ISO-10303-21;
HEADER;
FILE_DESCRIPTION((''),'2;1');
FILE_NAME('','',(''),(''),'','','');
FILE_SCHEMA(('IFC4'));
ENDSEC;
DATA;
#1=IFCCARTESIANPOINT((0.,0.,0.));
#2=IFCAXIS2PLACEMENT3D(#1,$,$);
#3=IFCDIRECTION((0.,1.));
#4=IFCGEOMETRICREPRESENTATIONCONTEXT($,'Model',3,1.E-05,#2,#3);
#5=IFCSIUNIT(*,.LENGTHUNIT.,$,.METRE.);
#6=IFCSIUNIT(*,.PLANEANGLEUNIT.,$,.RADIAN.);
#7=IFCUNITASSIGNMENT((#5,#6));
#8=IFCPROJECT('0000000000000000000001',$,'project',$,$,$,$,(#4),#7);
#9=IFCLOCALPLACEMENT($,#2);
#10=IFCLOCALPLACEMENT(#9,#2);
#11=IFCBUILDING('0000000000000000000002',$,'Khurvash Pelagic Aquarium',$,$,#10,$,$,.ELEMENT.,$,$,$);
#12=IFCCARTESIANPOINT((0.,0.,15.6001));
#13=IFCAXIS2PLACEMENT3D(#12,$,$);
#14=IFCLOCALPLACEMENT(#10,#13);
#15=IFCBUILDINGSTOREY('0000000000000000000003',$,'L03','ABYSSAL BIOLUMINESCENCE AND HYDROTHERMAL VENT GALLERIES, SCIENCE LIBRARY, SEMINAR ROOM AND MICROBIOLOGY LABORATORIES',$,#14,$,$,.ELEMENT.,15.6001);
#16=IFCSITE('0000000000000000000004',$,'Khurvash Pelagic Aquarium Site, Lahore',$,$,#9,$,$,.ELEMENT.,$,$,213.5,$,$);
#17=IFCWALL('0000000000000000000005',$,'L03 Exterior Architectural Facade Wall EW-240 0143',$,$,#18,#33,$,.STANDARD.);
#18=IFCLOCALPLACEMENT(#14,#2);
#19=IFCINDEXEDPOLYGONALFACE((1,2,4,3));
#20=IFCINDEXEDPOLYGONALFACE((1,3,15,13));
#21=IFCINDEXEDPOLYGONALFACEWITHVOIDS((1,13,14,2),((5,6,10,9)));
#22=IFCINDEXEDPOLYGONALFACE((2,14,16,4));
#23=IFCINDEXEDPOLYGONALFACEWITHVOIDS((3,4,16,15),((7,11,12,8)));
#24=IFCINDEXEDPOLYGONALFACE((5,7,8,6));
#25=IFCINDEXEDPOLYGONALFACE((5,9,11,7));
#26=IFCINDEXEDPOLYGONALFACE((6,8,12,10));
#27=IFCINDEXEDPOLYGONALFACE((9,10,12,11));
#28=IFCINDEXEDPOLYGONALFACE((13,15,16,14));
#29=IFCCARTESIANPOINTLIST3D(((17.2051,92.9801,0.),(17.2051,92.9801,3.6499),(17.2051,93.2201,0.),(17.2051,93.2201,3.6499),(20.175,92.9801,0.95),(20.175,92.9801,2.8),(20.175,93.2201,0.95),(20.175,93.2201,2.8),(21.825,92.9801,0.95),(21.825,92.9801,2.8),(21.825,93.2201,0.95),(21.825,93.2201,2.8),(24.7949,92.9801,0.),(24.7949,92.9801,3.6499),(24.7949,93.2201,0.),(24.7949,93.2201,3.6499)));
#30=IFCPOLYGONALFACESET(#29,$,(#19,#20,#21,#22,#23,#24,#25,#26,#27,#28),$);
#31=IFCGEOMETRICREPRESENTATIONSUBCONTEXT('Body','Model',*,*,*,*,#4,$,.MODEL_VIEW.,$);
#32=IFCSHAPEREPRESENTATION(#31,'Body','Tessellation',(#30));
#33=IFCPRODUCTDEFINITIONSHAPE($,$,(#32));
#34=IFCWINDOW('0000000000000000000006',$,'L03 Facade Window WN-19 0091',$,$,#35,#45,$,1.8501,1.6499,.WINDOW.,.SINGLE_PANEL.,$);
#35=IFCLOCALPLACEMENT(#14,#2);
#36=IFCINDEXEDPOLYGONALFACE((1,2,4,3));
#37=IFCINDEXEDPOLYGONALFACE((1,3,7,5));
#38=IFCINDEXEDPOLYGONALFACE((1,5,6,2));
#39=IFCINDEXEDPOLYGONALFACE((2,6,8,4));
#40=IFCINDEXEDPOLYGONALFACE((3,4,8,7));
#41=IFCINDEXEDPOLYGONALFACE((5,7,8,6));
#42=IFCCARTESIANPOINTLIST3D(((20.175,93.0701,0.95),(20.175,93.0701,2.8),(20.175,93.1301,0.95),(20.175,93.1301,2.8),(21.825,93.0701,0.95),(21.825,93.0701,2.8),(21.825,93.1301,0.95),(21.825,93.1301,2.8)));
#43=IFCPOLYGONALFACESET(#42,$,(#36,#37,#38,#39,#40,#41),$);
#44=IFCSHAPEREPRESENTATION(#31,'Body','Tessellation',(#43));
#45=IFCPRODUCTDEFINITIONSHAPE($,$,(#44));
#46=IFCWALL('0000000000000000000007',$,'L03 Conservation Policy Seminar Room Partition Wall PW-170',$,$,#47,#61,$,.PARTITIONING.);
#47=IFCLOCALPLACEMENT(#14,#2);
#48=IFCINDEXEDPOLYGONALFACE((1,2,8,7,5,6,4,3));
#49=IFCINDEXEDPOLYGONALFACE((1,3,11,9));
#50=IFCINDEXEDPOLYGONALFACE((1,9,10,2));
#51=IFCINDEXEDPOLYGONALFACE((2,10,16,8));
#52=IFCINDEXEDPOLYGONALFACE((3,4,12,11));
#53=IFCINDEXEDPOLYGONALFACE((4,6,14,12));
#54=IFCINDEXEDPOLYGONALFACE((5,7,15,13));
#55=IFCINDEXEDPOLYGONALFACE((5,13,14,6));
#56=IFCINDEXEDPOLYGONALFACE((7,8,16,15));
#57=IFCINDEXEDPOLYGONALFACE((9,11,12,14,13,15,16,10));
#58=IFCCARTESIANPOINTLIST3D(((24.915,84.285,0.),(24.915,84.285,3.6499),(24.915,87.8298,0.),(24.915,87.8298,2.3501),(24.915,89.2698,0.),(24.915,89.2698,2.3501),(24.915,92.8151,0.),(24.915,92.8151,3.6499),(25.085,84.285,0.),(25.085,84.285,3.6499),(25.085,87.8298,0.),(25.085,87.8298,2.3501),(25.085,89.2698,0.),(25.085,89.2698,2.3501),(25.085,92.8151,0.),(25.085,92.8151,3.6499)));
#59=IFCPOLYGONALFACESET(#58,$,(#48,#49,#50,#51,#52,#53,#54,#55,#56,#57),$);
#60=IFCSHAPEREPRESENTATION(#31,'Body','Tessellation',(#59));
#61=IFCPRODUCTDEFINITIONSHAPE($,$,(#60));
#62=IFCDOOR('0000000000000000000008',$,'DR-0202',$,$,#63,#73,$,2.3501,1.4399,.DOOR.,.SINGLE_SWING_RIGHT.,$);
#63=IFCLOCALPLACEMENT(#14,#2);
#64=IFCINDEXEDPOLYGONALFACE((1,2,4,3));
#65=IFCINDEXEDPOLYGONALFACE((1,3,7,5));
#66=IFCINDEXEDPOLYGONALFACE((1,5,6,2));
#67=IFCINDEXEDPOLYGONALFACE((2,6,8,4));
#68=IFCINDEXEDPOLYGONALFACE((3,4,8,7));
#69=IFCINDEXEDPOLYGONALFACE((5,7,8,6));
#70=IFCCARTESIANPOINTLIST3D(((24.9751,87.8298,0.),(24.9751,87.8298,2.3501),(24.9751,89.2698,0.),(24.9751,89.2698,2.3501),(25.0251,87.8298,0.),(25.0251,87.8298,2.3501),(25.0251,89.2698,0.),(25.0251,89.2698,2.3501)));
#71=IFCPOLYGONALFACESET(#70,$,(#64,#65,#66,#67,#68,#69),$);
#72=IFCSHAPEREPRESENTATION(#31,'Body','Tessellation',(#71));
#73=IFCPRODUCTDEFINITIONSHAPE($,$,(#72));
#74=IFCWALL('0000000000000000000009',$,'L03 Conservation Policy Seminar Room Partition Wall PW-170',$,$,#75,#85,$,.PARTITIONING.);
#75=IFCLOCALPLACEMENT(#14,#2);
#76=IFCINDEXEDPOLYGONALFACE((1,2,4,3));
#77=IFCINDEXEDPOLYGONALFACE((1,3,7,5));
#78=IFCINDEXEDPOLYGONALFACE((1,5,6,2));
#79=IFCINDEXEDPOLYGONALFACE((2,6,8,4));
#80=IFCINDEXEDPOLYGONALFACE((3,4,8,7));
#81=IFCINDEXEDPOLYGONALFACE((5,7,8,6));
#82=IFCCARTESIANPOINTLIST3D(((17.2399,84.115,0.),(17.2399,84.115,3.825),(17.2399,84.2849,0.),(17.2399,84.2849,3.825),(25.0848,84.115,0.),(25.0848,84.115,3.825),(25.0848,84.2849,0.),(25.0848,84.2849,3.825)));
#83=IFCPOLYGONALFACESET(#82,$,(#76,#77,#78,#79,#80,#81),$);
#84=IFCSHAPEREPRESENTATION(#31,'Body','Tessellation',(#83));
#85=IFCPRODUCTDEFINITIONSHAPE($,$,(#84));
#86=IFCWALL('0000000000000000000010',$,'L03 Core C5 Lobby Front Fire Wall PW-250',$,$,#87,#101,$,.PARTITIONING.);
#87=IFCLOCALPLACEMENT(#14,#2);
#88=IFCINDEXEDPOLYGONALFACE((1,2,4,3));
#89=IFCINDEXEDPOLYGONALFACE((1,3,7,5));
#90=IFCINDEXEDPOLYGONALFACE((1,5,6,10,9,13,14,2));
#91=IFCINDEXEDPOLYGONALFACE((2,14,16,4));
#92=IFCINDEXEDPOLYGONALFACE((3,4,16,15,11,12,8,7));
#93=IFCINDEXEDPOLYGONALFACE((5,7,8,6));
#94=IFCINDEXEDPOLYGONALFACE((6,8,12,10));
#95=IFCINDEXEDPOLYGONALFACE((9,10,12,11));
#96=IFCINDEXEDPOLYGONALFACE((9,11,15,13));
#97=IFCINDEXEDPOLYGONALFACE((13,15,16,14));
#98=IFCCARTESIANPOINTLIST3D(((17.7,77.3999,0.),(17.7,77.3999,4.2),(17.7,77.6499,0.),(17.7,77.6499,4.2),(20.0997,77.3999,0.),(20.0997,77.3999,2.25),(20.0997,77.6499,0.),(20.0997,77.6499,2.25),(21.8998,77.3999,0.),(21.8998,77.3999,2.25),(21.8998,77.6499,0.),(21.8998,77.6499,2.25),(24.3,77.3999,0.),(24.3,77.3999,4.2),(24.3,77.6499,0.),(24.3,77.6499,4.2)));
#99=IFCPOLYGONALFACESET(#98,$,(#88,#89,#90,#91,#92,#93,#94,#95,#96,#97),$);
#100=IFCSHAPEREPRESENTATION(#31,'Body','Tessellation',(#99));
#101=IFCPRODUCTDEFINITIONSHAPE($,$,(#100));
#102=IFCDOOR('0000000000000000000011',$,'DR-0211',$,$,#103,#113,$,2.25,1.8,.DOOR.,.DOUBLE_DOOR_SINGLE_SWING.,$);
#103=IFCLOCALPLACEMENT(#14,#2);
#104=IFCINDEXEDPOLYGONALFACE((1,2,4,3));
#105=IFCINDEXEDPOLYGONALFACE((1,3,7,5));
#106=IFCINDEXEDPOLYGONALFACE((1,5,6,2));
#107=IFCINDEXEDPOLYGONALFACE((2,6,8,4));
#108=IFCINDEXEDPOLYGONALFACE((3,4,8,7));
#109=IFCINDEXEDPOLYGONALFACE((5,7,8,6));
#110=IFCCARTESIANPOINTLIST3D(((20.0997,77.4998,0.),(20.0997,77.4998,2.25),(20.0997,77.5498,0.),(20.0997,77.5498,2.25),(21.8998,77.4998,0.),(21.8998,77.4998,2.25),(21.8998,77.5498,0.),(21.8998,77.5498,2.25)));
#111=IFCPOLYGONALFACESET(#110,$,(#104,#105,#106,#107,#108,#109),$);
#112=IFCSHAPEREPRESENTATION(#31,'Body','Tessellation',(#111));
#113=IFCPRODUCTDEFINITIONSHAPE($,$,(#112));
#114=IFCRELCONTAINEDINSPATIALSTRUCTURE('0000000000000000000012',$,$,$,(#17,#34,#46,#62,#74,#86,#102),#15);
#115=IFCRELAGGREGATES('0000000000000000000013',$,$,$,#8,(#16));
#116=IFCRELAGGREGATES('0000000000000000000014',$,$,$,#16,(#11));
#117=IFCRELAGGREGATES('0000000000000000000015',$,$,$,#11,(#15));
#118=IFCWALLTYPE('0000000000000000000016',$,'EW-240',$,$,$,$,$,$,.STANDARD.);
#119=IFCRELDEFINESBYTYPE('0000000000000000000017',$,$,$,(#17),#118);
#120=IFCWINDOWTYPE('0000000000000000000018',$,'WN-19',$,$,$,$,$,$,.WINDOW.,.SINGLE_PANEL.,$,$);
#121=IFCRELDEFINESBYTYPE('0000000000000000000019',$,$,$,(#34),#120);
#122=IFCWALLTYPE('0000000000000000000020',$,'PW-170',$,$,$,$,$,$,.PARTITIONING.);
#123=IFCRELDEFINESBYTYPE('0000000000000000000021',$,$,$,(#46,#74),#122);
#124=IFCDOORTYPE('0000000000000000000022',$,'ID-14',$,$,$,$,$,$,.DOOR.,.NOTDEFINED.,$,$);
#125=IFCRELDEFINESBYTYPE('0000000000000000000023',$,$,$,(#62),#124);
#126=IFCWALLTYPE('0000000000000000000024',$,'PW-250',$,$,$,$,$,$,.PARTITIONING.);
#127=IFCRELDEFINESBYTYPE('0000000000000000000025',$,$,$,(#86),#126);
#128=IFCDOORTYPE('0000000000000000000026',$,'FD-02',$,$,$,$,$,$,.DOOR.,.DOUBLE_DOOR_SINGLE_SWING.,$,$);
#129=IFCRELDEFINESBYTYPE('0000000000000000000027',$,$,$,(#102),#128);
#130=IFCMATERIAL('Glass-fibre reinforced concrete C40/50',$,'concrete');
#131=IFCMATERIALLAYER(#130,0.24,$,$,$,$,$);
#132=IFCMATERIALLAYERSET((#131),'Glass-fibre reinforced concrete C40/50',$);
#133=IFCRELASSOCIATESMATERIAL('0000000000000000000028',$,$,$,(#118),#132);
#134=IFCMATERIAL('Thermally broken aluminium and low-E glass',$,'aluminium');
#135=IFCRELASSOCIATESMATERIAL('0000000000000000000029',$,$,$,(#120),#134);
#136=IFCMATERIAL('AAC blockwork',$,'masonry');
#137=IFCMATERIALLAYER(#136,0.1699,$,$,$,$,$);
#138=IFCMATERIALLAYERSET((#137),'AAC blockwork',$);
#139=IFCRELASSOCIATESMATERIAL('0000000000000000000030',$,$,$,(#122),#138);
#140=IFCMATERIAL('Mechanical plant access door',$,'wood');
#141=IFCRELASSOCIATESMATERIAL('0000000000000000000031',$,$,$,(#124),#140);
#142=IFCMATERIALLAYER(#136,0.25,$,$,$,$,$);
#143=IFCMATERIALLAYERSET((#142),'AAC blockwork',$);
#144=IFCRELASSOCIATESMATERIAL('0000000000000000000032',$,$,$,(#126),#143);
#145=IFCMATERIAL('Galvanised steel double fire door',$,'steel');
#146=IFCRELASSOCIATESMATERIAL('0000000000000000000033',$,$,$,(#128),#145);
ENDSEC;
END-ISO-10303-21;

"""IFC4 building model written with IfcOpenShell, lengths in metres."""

from ifc_helpers import new_model, si_unit, direction, frame, frame_2d, origin, place, context, subcontext, project, spatial, rectangle, extrude, material, layer, layer_set, type_object, element, fill, save


model = new_model("IFC4")

# Units and contexts
model_context = context("Model", 3, precision=1e-05, world=origin(), true_north=direction((0.0, 1.0)))
body_context = subcontext(model_context, "Body", "Model", "MODEL_VIEW")
ifc_project = project(units=[si_unit("LENGTHUNIT", "METRE"), si_unit("PLANEANGLEUNIT", "RADIAN")], contexts=[model_context])

# Site, building, storey
site_placement = place(None, origin())
site = spatial("IfcSite", under=ifc_project, at=site_placement, Name="Khurvash Pelagic Aquarium Site, Lahore", CompositionType="ELEMENT", RefElevation=213.5)
building_placement = place(site_placement, origin())
building = spatial("IfcBuilding", under=site, at=building_placement, Name="Khurvash Pelagic Aquarium", CompositionType="ELEMENT")
storey_placement = place(building_placement, frame((0.0, 0.0, 15.6001)))
storey = spatial("IfcBuildingStorey", under=building, at=storey_placement, Name="L03", Description="ABYSSAL BIOLUMINESCENCE AND HYDROTHERMAL VENT GALLERIES, SCIENCE LIBRARY, SEMINAR ROOM AND MICROBIOLOGY LABORATORIES", CompositionType="ELEMENT", Elevation=15.6001)

# Wall, opening, window
ifc_material_1 = material(Name="Glass-fibre reinforced concrete C40/50", Category="concrete")
ifc_layer_1 = layer(ifc_material_1, 0.24)
ifc_layer_set_1 = layer_set([ifc_layer_1], Name="Glass-fibre reinforced concrete C40/50")
wall_type_1 = type_object("IfcWallType", Name="EW-240", PredefinedType="STANDARD", material=ifc_layer_set_1)
ifc_material_2 = material(Name="Thermally broken aluminium and low-E glass", Category="aluminium")
wall_1_placement = place(storey_placement, frame((24.7949, 93.1001, 0.0), z_axis=(0.0, 0.0, 1.0), x_axis=(-1.0, 0.0, 0.0)))
wall_1 = element("IfcWall", 1, at=wall_1_placement, inside=storey, type_object=wall_type_1, Name="L03 Exterior Architectural Facade Wall EW-240 0143", PredefinedType="STANDARD", context=body_context, shape_type="SweptSolid", body=[
    extrude(rectangle(XDim=7.5898, YDim=0.24, at=frame_2d((3.7949, 0.0))), origin(), (0.0, 0.0, 1.0), 3.6499),
])
opening_1_placement = place(wall_1_placement, frame((2.97, 0.0, 0.95)))
opening_1 = element("IfcOpeningElement", 2, at=opening_1_placement, cuts=wall_1, PredefinedType="OPENING", context=body_context, shape_type="SweptSolid", body=[
    extrude(rectangle(XDim=1.6499, YDim=1.8501, at=frame_2d((0.825, 0.925))), frame((0.0, 0.1299, 0.0), z_axis=(0.0, -1.0, 0.0), x_axis=(1.0, 0.0, 0.0)), (0.0, 0.0, 1.0), 0.26),
])
window_type_1 = type_object("IfcWindowType", Name="WN-19", PartitioningType="SINGLE_PANEL", PredefinedType="WINDOW", material=ifc_material_2)
window_1_placement = place(opening_1_placement, origin())
window_1 = element("IfcWindow", 3, at=window_1_placement, inside=storey, type_object=window_type_1, Name="L03 Facade Window WN-19 0091", OverallHeight=1.8501, OverallWidth=1.6499, PartitioningType="SINGLE_PANEL", PredefinedType="WINDOW", context=body_context, shape_type="SweptSolid", body=[
    extrude(rectangle(XDim=1.6499, YDim=1.8501, at=frame_2d((0.825, 0.925))), frame((0.0, 0.03, 0.0), z_axis=(0.0, -1.0, 0.0), x_axis=(1.0, 0.0, 0.0)), (0.0, 0.0, 1.0), 0.0601),
])
fill(opening_1, window_1)

# Wall, opening, door
ifc_material_3 = material(Name="AAC blockwork", Category="masonry")
ifc_layer_2 = layer(ifc_material_3, 0.1699)
ifc_layer_set_2 = layer_set([ifc_layer_2], Name="AAC blockwork")
wall_type_2 = type_object("IfcWallType", Name="PW-170", PredefinedType="PARTITIONING", material=ifc_layer_set_2)
wall_2_placement = place(storey_placement, frame((25.0, 84.2849, 0.0), z_axis=(0.0, 0.0, 1.0), x_axis=(0.0, 1.0, 0.0)))
wall_2 = element("IfcWall", 4, at=wall_2_placement, inside=storey, type_object=wall_type_2, Name="L03 Conservation Policy Seminar Room Partition Wall PW-170", PredefinedType="PARTITIONING", context=body_context, shape_type="SweptSolid", body=[
    extrude(rectangle(XDim=8.53, YDim=0.1699, at=frame_2d((4.2651, 0.0))), origin(), (0.0, 0.0, 1.0), 3.6499),
])
opening_2_placement = place(wall_2_placement, frame((3.5449, 0.0, 0.0)))
opening_2 = element("IfcOpeningElement", 5, at=opening_2_placement, cuts=wall_2, PredefinedType="OPENING", context=body_context, shape_type="SweptSolid", body=[
    extrude(rectangle(XDim=1.4399, YDim=2.3501, at=frame_2d((0.72, 1.175))), frame((0.0, 0.095, 0.0), z_axis=(0.0, -1.0, 0.0), x_axis=(1.0, 0.0, 0.0)), (0.0, 0.0, 1.0), 0.1899),
])
ifc_material_4 = material(Name="Mechanical plant access door", Category="wood")
door_type_1 = type_object("IfcDoorType", Name="ID-14", OperationType="NOTDEFINED", PredefinedType="DOOR", material=ifc_material_4)
door_1_placement = place(opening_2_placement, origin())
door_1 = element("IfcDoor", 6, at=door_1_placement, inside=storey, type_object=door_type_1, Name="DR-0202", OperationType="SINGLE_SWING_RIGHT", OverallHeight=2.3501, OverallWidth=1.4399, PredefinedType="DOOR", context=body_context, shape_type="SweptSolid", body=[
    extrude(rectangle(XDim=1.4399, YDim=2.3501, at=frame_2d((0.72, 1.175))), frame((0.0, 0.0249, 0.0), z_axis=(0.0, -1.0, 0.0), x_axis=(1.0, 0.0, 0.0)), (0.0, 0.0, 1.0), 0.05),
])
fill(opening_2, door_1)

# Wall
wall_3_placement = place(storey_placement, frame((17.24, 84.2, 0.0), z_axis=(0.0, 0.0, 1.0), x_axis=(1.0, 0.0, 0.0)))
element("IfcWall", 7, at=wall_3_placement, inside=storey, type_object=wall_type_2, Name="L03 Conservation Policy Seminar Room Partition Wall PW-170", PredefinedType="PARTITIONING", context=body_context, shape_type="SweptSolid", body=[
    extrude(rectangle(XDim=7.845, YDim=0.1699, at=frame_2d((3.9224, 0.0))), origin(), (0.0, 0.0, 1.0), 3.825),
])

# Wall, opening, door
ifc_layer_3 = layer(ifc_material_3, 0.25)
ifc_layer_set_3 = layer_set([ifc_layer_3], Name="AAC blockwork")
wall_type_3 = type_object("IfcWallType", Name="PW-250", PredefinedType="PARTITIONING", material=ifc_layer_set_3)
wall_4_placement = place(storey_placement, frame((17.7, 77.5249, 0.0), z_axis=(0.0, 0.0, 1.0), x_axis=(1.0, 0.0, 0.0)))
wall_4 = element("IfcWall", 8, at=wall_4_placement, inside=storey, type_object=wall_type_3, Name="L03 Core C5 Lobby Front Fire Wall PW-250", PredefinedType="PARTITIONING", context=body_context, shape_type="SweptSolid", body=[
    extrude(rectangle(XDim=6.6001, YDim=0.25, at=frame_2d((3.3, 0.0))), origin(), (0.0, 0.0, 1.0), 4.2),
])
opening_3_placement = place(wall_4_placement, frame((2.3999, 0.0, 0.0)))
opening_3 = element("IfcOpeningElement", 9, at=opening_3_placement, cuts=wall_4, PredefinedType="OPENING", context=body_context, shape_type="SweptSolid", body=[
    extrude(rectangle(XDim=1.8, YDim=2.25, at=frame_2d((0.8999, 1.125))), frame((0.0, 0.135, 0.0), z_axis=(0.0, -1.0, 0.0), x_axis=(1.0, 0.0, 0.0)), (0.0, 0.0, 1.0), 0.27),
])
ifc_material_5 = material(Name="Galvanised steel double fire door", Category="steel")
door_type_2 = type_object("IfcDoorType", Name="FD-02", OperationType="DOUBLE_DOOR_SINGLE_SWING", PredefinedType="DOOR", material=ifc_material_5)
door_2_placement = place(opening_3_placement, origin())
door_2 = element("IfcDoor", 10, at=door_2_placement, inside=storey, type_object=door_type_2, Name="DR-0211", OperationType="DOUBLE_DOOR_SINGLE_SWING", OverallHeight=2.25, OverallWidth=1.8, PredefinedType="DOOR", context=body_context, shape_type="SweptSolid", body=[
    extrude(rectangle(XDim=1.8, YDim=2.25, at=frame_2d((0.8999, 1.125))), frame((0.0, 0.0249, 0.0), z_axis=(0.0, -1.0, 0.0), x_axis=(1.0, 0.0, 0.0)), (0.0, 0.0, 1.0), 0.05),
])
fill(opening_3, door_2)

save(model, "model.ifc")
